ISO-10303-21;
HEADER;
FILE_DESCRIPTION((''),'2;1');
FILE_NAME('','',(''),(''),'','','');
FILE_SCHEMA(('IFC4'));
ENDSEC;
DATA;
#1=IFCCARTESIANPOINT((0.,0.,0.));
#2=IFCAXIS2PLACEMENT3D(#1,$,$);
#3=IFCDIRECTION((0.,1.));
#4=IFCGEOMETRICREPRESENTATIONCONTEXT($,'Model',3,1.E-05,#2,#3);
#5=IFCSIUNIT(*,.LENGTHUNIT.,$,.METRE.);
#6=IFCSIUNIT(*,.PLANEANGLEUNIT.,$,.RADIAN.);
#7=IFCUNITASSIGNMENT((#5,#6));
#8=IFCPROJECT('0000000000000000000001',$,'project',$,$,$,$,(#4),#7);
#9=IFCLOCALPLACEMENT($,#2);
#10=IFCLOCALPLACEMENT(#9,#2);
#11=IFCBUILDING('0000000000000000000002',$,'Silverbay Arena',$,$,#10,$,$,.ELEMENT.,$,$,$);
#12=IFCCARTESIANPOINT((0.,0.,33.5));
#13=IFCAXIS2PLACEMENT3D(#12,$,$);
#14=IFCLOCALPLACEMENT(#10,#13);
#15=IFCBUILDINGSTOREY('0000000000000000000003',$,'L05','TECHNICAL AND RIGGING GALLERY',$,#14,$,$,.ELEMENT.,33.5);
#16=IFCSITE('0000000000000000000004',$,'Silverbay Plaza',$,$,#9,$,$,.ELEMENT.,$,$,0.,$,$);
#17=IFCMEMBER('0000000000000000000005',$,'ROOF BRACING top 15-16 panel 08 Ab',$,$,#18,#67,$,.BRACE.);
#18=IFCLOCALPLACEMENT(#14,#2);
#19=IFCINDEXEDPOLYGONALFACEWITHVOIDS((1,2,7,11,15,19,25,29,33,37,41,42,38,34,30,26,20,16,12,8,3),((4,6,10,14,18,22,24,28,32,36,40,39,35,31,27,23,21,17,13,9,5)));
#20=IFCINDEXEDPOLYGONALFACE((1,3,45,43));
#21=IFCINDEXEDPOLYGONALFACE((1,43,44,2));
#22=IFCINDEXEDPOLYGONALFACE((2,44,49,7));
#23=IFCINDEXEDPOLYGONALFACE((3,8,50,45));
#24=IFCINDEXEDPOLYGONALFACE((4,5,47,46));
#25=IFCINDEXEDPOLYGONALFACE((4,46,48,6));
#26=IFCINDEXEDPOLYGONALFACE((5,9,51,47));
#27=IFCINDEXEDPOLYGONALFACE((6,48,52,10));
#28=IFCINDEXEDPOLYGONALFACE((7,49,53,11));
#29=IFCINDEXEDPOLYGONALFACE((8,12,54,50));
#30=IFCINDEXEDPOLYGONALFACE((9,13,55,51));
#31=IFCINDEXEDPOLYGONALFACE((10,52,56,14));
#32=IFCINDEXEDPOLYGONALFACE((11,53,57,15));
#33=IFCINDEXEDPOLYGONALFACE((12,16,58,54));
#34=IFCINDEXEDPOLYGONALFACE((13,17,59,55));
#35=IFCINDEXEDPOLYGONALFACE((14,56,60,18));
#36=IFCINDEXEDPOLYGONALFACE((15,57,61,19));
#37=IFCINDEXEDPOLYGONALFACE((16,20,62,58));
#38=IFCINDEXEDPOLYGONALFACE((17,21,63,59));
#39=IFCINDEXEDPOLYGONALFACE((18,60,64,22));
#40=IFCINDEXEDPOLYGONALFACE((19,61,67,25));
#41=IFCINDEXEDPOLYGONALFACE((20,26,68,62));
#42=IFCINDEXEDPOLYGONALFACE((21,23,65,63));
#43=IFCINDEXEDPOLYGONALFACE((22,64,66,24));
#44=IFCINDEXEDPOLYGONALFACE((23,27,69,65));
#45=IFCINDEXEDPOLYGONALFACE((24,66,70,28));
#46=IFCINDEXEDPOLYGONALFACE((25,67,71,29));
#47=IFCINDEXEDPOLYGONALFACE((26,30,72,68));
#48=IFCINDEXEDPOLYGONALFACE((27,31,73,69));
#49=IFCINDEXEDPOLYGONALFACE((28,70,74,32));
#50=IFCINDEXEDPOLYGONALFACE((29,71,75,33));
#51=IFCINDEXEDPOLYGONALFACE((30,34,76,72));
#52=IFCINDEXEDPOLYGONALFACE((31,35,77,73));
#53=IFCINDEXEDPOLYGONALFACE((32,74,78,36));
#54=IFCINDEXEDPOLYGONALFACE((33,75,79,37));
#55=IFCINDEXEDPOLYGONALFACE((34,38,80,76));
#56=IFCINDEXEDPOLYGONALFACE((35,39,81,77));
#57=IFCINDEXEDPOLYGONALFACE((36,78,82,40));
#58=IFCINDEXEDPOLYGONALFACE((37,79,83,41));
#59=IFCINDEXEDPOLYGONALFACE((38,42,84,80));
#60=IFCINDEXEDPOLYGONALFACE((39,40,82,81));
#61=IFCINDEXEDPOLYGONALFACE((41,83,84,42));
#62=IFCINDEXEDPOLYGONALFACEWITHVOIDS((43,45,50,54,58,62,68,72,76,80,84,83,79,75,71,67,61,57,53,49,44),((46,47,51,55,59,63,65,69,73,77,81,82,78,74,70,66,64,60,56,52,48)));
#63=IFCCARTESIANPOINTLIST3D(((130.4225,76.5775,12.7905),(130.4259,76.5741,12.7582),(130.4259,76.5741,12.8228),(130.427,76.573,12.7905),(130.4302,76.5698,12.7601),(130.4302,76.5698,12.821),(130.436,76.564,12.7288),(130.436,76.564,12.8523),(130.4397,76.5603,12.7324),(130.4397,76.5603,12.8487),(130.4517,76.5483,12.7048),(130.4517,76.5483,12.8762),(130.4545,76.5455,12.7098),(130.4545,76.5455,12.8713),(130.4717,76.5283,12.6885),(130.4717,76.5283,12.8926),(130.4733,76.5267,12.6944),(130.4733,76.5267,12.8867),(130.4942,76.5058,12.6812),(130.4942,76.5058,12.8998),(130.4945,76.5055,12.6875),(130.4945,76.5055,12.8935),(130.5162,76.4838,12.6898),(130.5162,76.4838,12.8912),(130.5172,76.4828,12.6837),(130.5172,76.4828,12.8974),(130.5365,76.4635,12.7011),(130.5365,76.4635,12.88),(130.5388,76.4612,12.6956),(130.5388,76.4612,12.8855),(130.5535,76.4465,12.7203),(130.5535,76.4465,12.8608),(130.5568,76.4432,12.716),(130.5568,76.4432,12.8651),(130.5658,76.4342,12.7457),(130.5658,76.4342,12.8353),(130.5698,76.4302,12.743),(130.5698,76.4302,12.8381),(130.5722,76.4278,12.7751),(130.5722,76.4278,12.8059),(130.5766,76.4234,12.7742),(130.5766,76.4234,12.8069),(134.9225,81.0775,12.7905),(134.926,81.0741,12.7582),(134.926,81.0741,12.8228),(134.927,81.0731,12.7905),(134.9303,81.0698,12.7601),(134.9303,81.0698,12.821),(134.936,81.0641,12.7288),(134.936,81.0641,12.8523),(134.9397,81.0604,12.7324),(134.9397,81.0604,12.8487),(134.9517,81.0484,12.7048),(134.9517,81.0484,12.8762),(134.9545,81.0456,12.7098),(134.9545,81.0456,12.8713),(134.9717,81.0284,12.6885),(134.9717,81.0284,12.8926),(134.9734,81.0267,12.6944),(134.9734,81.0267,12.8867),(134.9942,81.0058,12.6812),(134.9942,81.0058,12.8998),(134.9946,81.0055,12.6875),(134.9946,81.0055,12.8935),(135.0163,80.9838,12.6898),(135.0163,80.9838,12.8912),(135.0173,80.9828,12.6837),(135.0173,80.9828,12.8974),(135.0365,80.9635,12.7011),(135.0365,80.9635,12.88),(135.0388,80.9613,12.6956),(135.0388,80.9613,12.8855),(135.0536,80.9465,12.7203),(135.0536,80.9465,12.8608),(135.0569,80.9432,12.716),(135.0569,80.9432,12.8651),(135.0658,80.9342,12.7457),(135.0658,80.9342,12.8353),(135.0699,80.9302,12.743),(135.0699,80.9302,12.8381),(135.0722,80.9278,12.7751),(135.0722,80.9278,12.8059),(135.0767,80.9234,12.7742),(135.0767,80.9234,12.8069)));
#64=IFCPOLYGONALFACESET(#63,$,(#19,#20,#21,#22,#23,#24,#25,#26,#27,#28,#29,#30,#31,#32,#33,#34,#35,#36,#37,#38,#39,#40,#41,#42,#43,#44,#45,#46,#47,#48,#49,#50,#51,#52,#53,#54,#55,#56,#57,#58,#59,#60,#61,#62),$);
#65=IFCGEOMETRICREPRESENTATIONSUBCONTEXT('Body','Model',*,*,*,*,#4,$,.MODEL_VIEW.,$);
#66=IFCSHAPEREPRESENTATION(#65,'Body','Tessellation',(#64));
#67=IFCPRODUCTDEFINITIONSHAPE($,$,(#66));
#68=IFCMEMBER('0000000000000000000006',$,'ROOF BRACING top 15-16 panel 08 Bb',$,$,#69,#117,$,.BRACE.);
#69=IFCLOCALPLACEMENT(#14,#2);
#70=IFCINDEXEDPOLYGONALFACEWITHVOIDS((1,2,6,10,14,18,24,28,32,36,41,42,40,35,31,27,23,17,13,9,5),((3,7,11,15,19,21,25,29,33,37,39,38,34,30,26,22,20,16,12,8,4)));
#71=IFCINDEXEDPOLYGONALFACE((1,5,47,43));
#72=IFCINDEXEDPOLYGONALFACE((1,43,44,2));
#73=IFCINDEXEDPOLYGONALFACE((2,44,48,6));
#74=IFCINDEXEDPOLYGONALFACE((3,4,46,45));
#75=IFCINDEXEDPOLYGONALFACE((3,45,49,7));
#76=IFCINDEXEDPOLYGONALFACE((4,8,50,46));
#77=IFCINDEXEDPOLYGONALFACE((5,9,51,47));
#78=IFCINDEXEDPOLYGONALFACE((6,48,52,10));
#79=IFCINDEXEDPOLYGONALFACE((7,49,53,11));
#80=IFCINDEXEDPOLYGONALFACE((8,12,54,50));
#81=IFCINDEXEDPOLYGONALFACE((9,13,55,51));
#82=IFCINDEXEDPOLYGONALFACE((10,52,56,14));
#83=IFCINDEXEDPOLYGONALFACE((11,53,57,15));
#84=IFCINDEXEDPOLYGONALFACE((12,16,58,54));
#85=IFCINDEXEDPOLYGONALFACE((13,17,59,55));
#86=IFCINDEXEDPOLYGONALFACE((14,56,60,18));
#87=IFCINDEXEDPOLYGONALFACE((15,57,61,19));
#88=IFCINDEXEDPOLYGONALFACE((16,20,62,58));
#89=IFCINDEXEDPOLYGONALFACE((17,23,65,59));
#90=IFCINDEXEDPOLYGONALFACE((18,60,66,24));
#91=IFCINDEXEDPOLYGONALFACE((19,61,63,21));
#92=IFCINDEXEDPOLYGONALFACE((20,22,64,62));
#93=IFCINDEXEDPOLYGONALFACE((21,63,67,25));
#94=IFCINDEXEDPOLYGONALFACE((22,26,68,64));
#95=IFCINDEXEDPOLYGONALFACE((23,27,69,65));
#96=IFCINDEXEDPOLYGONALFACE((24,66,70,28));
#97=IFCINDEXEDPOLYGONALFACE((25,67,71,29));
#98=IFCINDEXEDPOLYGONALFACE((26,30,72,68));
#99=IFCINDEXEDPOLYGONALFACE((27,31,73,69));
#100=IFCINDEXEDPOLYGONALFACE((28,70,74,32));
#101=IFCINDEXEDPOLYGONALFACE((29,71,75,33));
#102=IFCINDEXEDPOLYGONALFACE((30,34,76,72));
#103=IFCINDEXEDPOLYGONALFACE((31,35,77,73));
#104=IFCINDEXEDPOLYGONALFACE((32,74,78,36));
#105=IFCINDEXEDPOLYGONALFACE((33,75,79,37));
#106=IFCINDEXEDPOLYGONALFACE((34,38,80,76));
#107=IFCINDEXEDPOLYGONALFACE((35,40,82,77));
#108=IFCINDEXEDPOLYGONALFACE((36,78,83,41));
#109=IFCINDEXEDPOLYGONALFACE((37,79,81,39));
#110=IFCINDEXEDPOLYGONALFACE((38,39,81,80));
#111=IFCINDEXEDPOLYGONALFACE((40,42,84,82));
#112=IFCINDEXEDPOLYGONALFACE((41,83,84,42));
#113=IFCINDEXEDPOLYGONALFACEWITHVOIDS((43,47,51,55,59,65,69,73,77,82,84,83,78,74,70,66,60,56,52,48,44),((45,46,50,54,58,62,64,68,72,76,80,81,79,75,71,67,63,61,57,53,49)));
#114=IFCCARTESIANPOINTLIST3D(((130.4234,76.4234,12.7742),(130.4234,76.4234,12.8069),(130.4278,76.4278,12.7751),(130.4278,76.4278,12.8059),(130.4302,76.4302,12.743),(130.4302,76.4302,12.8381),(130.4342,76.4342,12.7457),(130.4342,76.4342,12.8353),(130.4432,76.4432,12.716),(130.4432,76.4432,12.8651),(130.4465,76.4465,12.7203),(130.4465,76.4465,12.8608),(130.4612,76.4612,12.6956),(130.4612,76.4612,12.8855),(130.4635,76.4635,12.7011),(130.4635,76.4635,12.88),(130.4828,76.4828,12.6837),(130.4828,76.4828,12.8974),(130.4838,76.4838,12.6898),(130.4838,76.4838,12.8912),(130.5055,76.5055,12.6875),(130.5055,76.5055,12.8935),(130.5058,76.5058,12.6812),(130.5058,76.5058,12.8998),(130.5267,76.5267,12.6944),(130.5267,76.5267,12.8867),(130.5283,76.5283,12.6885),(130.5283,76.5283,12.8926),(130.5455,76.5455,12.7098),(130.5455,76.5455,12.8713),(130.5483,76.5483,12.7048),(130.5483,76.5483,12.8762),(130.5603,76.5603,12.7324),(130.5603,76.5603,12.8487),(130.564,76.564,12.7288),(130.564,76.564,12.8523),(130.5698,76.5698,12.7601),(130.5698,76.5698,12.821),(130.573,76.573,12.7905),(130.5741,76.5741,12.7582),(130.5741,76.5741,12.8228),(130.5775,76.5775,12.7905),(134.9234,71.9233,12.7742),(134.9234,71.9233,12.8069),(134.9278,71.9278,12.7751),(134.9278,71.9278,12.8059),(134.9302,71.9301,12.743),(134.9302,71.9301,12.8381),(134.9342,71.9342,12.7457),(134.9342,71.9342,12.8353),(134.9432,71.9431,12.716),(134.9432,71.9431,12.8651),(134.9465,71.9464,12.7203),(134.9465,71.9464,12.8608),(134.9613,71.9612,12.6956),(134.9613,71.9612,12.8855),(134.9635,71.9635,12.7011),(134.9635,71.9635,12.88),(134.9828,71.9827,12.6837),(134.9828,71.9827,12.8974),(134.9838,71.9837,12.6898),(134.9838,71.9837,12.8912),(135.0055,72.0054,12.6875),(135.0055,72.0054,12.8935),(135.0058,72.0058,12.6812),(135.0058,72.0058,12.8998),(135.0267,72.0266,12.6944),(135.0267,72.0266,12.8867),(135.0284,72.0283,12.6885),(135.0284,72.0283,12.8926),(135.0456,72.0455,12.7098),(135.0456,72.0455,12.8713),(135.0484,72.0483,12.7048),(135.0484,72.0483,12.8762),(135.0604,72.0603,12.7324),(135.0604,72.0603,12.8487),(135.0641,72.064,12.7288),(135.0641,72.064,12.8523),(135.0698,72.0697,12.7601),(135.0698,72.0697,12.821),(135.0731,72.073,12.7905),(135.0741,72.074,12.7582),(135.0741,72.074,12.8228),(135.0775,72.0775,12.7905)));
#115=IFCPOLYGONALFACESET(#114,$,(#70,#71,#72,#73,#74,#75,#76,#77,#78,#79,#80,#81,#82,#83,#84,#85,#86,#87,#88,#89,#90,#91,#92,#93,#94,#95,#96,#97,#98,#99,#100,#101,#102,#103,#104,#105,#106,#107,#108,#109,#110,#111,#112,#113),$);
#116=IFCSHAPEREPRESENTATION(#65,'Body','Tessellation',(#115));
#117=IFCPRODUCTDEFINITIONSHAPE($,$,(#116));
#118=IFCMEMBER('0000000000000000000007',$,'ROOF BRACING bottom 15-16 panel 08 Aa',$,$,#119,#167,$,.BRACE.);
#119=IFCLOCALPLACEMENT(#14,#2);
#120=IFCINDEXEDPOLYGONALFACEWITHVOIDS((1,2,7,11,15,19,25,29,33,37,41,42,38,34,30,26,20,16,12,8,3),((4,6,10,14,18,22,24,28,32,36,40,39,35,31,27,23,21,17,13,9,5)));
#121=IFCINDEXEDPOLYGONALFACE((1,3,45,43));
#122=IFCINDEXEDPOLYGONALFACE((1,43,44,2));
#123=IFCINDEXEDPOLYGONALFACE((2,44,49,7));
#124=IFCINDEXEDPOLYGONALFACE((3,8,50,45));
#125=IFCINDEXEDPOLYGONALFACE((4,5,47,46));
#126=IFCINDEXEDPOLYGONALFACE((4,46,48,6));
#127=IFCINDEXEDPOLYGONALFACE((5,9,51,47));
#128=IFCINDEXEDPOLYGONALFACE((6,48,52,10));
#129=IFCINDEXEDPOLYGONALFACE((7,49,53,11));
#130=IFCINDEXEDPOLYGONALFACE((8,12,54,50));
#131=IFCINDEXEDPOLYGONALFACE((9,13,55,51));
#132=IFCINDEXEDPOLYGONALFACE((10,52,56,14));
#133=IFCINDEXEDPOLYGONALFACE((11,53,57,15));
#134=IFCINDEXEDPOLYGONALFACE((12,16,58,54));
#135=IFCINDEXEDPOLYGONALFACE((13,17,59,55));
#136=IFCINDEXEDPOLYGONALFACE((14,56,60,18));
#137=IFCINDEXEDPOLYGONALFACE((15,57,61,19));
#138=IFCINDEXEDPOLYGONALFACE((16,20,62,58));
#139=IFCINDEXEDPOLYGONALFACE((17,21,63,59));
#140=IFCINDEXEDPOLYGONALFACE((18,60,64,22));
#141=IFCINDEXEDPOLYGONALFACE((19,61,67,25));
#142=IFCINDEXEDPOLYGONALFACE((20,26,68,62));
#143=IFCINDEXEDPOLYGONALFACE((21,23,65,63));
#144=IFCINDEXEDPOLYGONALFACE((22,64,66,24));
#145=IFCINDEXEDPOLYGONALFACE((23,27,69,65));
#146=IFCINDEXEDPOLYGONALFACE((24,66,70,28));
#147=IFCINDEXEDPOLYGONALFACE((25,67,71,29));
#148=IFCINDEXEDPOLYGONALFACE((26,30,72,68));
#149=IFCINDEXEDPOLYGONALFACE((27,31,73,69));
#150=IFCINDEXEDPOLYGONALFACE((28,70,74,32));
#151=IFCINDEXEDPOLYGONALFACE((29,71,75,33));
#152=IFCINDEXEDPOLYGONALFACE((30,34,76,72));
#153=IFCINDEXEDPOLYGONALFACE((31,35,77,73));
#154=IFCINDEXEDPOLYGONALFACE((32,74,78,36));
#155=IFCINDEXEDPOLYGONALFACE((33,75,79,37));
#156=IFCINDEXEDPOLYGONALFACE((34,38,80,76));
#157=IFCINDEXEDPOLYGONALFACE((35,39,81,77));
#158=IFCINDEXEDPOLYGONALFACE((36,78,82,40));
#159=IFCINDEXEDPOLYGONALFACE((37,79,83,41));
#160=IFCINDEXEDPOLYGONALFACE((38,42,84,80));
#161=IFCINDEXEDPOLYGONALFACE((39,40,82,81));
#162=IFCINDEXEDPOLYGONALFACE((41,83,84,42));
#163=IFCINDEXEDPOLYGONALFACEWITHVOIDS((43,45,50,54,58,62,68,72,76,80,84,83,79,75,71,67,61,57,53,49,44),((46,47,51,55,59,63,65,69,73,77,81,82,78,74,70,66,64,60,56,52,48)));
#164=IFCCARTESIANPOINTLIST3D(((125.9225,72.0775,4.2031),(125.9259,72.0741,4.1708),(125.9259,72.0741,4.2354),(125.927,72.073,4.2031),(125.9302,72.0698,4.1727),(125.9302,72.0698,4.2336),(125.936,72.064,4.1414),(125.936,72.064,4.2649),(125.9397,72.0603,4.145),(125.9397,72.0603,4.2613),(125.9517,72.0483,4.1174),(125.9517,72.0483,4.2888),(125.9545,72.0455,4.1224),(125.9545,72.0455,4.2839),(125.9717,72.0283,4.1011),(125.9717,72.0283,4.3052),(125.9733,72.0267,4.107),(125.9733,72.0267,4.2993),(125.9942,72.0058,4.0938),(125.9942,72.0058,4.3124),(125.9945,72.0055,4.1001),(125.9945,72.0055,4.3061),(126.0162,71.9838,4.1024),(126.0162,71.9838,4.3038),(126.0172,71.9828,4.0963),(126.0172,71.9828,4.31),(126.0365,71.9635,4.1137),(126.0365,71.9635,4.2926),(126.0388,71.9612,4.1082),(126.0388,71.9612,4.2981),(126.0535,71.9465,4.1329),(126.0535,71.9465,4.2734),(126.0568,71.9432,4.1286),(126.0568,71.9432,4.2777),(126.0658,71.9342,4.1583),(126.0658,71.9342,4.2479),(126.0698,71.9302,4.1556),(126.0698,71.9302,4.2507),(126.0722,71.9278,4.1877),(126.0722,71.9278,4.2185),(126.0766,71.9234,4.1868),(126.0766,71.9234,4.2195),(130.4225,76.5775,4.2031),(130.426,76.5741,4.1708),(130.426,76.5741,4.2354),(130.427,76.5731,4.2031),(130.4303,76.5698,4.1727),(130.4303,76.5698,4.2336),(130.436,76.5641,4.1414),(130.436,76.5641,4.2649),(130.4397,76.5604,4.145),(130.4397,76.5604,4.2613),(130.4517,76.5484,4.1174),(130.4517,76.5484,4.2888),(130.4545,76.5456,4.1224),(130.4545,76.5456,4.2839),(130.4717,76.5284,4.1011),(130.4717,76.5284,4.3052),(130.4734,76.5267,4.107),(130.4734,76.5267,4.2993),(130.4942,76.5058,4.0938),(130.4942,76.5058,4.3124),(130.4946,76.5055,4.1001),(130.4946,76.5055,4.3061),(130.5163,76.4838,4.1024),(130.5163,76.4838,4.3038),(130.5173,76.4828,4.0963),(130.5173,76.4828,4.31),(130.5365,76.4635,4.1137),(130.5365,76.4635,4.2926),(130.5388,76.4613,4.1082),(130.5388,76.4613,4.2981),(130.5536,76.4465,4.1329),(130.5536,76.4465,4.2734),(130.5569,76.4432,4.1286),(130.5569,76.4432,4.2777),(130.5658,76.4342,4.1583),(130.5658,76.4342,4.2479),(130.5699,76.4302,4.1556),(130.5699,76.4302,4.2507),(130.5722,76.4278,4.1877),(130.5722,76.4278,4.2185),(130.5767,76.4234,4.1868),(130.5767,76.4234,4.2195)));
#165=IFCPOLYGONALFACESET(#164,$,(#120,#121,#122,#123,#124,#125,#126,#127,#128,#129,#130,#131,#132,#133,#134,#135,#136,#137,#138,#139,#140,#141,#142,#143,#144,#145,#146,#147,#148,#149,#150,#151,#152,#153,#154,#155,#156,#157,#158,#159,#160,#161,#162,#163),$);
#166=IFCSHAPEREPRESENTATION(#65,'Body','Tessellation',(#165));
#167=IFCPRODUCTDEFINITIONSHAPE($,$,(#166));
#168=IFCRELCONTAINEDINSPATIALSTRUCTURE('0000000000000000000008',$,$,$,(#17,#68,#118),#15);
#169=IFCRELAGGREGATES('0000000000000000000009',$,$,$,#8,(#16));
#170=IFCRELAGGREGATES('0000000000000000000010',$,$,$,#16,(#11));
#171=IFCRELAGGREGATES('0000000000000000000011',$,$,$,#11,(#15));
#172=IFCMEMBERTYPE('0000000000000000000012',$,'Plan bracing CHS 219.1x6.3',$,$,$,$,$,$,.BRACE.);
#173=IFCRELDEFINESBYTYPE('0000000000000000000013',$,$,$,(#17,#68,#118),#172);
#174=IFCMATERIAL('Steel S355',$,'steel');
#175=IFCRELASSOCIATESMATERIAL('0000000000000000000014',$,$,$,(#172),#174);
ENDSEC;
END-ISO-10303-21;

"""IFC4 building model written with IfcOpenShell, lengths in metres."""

from ifc_helpers import new_model, si_unit, direction, frame, origin, origin_2d, place, context, subcontext, project, spatial, hollow_circle, extrude, material, material_profile, profile_set, type_object, element, save


model = new_model("IFC4")

# Units and contexts
model_context = context("Model", 3, precision=1e-05, world=origin(), true_north=direction((0.0, 1.0)))
body_context = subcontext(model_context, "Body", "Model", "MODEL_VIEW")
ifc_project = project(units=[si_unit("LENGTHUNIT", "METRE"), si_unit("PLANEANGLEUNIT", "RADIAN")], contexts=[model_context])

# Site, building, storey
site_placement = place(None, origin())
site = spatial("IfcSite", under=ifc_project, at=site_placement, Name="Silverbay Plaza", CompositionType="ELEMENT", RefElevation=0.0)
building_placement = place(site_placement, origin())
building = spatial("IfcBuilding", under=site, at=building_placement, Name="Silverbay Arena", CompositionType="ELEMENT")
storey_placement = place(building_placement, frame((0.0, 0.0, 33.5)))
storey = spatial("IfcBuildingStorey", under=building, at=storey_placement, Name="L05", Description="TECHNICAL AND RIGGING GALLERY", CompositionType="ELEMENT", Elevation=33.5)

# Members
ifc_material_1 = material(Name="Steel S355", Category="steel")
ifc_material_profile_1 = material_profile(ifc_material_1, hollow_circle(Radius=0.1096, WallThickness=0.0063, at=origin_2d()), Name="CHS 219.1x6.3")
ifc_profile_set_1 = profile_set([ifc_material_profile_1], Name="Steel S355")
member_type_1 = type_object("IfcMemberType", Name="Plan bracing CHS 219.1x6.3", PredefinedType="BRACE", material=ifc_profile_set_1)
for number, where, z_axis, x_axis, name in (
    (1, (130.5, 76.5, 12.7905), (0.707107, 0.707107, 0.0), (-0.707107, 0.707107, 0.0), "ROOF BRACING top 15-16 panel 08 Ab"),
    (2, (130.5, 76.5, 12.7905), (0.707107, -0.707107, 0.0), (0.707107, 0.707107, 0.0), "ROOF BRACING top 15-16 panel 08 Bb"),
    (3, (126.0, 72.0, 4.2031), (0.707107, 0.707107, 0.0), (-0.707107, 0.707107, 0.0), "ROOF BRACING bottom 15-16 panel 08 Aa"),
):
    element("IfcMember", number, at=place(storey_placement, frame(where, z_axis=z_axis, x_axis=x_axis)), inside=storey, type_object=member_type_1, Name=name, PredefinedType="BRACE", context=body_context, shape_type="SweptSolid", body=[
        extrude(hollow_circle(Radius=0.1096, WallThickness=0.0063, at=origin_2d()), origin(), (0.0, 0.0, 1.0), 6.364),
    ])

save(model, "model.ifc")
